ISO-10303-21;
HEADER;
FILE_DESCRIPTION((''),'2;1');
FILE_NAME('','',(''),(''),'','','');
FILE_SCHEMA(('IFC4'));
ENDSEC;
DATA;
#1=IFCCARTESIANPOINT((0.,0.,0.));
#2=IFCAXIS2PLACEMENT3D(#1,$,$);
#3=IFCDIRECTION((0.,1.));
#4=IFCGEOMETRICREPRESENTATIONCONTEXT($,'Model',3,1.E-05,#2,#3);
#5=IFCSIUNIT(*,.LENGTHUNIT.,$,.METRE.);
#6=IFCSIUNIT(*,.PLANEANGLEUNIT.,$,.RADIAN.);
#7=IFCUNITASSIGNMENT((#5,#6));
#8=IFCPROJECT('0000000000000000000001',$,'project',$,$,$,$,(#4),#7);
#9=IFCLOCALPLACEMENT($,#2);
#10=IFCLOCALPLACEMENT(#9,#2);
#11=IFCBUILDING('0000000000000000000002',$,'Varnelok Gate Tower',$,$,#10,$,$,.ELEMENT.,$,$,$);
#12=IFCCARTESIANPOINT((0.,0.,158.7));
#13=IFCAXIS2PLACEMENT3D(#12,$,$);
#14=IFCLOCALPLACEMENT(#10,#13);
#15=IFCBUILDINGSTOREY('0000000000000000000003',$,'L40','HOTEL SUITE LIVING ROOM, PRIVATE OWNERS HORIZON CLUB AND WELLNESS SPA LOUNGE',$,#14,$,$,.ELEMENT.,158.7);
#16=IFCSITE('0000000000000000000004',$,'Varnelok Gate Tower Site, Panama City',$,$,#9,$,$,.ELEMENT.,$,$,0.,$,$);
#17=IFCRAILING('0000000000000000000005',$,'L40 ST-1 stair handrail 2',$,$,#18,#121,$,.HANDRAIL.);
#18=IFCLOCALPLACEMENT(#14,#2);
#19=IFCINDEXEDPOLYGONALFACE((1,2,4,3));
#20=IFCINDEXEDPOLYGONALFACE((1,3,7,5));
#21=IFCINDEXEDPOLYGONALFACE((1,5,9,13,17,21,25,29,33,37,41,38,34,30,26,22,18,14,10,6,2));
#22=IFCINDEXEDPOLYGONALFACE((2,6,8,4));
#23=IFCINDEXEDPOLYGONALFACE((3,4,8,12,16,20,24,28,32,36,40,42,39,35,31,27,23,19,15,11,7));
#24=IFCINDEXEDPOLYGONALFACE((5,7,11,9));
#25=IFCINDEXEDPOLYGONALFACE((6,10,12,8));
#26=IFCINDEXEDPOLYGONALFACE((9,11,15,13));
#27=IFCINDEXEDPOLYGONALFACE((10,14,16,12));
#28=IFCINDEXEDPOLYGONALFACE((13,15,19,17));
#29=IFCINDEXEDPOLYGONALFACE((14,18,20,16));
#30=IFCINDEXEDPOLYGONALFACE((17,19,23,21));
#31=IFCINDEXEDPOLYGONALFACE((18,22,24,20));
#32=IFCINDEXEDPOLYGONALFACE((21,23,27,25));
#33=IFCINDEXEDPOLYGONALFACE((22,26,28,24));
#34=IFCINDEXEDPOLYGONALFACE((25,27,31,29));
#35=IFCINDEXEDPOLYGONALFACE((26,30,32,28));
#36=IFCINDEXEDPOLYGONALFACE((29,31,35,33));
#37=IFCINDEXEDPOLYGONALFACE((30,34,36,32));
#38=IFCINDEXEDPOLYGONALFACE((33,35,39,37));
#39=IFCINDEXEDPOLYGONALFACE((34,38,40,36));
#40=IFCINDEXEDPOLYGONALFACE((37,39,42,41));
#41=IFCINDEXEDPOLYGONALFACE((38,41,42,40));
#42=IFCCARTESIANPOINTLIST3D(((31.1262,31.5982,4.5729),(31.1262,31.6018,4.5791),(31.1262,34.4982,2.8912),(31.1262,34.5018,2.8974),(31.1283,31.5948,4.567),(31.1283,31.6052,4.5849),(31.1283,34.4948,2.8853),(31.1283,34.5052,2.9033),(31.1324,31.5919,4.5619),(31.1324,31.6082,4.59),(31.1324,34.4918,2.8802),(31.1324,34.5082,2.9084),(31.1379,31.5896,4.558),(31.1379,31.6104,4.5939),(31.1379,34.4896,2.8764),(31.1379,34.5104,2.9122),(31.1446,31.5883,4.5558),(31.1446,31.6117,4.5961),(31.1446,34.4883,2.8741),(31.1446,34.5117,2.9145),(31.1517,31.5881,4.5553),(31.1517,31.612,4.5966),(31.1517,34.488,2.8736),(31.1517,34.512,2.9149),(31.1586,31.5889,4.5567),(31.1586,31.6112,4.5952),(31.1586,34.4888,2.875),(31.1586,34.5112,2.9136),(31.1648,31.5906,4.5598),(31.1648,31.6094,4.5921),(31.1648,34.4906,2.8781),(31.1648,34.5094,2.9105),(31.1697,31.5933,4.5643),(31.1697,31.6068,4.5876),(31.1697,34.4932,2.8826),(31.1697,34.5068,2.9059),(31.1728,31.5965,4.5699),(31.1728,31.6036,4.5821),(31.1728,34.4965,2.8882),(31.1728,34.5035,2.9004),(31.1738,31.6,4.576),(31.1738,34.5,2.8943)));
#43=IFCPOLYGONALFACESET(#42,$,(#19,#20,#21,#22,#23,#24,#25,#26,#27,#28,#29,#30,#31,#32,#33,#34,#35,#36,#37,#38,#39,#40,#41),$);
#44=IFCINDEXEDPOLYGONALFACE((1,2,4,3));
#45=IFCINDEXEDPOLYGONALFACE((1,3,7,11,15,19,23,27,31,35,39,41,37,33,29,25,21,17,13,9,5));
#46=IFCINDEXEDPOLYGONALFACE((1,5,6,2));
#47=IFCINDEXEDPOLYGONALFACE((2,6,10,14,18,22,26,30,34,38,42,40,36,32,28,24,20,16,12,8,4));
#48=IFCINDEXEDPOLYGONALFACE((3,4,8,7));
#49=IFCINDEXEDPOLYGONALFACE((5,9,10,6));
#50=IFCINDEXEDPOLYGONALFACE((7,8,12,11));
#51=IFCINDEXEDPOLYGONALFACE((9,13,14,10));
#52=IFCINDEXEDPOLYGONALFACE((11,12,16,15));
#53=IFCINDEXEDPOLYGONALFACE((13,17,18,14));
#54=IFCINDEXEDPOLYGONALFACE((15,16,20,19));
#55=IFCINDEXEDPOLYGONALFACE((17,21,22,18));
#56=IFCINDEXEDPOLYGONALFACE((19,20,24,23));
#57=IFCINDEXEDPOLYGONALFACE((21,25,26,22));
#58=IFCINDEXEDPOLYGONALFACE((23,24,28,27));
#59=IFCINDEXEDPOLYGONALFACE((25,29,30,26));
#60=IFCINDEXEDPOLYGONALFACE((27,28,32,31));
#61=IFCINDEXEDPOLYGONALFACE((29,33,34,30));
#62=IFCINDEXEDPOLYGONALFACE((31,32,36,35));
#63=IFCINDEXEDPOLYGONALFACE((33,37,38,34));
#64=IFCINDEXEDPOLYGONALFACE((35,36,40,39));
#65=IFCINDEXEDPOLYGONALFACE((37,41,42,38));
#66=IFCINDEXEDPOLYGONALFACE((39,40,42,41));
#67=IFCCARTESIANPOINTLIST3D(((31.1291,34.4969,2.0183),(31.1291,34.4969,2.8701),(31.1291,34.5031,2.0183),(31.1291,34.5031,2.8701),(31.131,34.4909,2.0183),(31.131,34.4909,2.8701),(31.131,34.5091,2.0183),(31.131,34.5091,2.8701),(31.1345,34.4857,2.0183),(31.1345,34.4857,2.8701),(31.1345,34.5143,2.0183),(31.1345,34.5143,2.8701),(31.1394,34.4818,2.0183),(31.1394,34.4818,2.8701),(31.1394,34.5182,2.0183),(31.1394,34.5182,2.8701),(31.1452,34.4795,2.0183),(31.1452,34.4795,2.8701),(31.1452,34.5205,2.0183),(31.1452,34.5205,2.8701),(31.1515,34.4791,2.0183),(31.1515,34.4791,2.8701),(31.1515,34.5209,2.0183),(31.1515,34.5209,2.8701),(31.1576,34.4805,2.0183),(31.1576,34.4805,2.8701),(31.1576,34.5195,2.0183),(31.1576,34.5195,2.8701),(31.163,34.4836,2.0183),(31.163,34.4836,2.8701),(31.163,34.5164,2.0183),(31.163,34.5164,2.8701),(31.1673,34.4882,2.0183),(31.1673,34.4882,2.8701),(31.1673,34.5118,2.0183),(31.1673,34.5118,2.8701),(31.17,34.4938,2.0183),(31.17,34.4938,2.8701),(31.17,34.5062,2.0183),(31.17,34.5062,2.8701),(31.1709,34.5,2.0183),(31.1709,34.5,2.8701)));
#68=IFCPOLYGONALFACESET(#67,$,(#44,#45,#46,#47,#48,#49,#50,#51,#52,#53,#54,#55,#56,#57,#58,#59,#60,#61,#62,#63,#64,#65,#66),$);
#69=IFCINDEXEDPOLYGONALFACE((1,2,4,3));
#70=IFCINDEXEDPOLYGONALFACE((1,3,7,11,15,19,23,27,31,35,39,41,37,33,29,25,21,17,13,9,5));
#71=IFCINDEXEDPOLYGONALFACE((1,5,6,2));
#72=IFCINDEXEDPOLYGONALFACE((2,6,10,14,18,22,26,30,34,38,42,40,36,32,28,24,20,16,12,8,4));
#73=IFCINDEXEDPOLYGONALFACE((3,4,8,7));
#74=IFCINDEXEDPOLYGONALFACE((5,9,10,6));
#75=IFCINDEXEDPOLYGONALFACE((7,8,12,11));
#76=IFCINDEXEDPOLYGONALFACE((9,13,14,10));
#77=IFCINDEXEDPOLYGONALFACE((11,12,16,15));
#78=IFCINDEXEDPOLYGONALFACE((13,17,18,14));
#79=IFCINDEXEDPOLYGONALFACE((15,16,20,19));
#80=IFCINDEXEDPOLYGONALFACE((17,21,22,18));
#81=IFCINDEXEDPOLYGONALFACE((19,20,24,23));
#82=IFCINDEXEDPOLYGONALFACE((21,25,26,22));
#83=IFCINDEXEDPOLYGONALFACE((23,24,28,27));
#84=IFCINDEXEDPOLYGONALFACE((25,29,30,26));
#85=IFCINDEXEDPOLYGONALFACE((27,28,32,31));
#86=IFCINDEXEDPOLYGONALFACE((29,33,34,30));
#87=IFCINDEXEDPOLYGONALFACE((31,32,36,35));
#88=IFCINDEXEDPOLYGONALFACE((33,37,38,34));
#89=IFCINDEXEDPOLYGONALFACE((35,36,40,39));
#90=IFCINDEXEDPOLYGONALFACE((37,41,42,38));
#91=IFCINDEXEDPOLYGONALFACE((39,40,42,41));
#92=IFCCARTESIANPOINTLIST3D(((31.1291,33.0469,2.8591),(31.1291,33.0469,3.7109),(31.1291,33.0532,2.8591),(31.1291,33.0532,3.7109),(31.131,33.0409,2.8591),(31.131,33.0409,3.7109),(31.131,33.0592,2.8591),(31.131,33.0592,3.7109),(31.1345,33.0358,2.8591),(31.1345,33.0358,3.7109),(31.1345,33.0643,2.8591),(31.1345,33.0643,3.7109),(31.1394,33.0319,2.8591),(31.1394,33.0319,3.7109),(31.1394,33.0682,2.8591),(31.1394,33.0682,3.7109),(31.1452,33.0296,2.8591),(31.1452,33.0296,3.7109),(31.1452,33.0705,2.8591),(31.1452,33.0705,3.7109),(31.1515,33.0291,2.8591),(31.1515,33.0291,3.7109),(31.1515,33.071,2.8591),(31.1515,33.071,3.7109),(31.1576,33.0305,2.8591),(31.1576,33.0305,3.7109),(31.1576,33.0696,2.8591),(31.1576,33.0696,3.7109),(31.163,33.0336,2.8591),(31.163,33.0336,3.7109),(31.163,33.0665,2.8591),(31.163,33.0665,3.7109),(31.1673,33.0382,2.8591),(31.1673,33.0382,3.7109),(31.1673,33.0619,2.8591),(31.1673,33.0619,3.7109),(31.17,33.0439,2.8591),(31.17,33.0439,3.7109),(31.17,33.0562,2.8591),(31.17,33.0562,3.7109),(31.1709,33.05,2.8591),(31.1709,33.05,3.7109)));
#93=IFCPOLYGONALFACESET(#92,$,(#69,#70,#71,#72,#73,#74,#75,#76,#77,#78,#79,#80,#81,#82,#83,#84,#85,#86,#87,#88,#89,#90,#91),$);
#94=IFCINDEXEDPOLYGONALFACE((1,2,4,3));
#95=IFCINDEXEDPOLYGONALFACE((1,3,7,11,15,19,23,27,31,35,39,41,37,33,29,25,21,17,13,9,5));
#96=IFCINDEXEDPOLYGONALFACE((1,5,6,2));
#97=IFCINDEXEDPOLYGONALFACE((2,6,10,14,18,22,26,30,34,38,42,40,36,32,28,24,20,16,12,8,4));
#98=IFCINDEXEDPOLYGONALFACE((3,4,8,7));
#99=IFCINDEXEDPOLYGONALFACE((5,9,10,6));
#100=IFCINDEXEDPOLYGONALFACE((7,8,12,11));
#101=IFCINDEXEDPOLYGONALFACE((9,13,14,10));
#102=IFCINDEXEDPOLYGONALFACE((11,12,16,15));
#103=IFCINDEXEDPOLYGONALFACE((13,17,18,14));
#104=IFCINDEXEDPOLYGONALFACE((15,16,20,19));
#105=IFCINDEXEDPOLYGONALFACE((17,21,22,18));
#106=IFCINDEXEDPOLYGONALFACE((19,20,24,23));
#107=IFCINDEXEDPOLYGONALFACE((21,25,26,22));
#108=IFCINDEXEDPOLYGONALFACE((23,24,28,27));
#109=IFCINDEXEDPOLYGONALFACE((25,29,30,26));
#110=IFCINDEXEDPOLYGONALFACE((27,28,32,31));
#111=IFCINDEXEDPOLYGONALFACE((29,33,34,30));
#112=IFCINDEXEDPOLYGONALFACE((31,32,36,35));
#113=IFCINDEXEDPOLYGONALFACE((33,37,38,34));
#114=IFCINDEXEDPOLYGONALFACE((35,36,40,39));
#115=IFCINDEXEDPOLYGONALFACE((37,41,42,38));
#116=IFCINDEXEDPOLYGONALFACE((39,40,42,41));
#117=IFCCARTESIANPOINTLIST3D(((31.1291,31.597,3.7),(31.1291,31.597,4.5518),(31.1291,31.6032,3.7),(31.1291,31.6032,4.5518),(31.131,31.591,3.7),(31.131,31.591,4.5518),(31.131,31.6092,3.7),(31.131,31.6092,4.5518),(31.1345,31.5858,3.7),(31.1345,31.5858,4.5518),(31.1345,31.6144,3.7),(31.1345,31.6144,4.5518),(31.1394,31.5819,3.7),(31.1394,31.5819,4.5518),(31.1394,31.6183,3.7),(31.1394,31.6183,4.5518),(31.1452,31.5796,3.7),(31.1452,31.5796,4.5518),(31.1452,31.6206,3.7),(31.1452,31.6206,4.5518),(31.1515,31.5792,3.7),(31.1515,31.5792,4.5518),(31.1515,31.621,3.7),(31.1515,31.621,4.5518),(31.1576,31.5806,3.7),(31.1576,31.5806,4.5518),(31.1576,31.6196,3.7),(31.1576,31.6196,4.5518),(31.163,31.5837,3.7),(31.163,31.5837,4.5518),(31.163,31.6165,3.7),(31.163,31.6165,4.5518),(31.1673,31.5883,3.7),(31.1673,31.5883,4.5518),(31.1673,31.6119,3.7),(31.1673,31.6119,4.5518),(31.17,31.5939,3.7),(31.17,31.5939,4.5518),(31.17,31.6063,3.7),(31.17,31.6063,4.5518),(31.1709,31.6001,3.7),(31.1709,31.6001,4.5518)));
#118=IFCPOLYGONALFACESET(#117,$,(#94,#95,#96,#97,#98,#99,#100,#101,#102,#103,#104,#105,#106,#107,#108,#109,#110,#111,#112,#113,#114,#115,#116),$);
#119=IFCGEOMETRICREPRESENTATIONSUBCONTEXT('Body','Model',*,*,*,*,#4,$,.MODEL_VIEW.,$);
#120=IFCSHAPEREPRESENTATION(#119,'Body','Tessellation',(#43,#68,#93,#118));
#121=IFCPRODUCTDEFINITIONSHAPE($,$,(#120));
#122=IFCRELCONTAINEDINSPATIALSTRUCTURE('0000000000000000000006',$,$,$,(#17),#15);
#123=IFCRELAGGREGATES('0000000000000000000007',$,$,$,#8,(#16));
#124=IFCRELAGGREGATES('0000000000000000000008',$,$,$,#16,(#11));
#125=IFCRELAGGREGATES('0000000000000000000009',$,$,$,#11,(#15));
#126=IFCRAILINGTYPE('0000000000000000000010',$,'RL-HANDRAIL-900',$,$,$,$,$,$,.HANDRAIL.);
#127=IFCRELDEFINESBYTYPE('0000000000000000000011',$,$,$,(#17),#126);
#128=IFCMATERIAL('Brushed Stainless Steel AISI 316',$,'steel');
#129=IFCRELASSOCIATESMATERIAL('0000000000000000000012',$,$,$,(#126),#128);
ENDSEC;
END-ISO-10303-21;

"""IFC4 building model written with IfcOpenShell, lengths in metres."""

from ifc_helpers import new_model, si_unit, direction, frame, origin, origin_2d, place, context, subcontext, project, spatial, circle, extrude, material, type_object, element, save


model = new_model("IFC4")

# Units and contexts
model_context = context("Model", 3, precision=1e-05, world=origin(), true_north=direction((0.0, 1.0)))
body_context = subcontext(model_context, "Body", "Model", "MODEL_VIEW")
ifc_project = project(units=[si_unit("LENGTHUNIT", "METRE"), si_unit("PLANEANGLEUNIT", "RADIAN")], contexts=[model_context])

# Site, building, storey
site_placement = place(None, origin())
site = spatial("IfcSite", under=ifc_project, at=site_placement, Name="Varnelok Gate Tower Site, Panama City", CompositionType="ELEMENT", RefElevation=0.0)
building_placement = place(site_placement, origin())
building = spatial("IfcBuilding", under=site, at=building_placement, Name="Varnelok Gate Tower", CompositionType="ELEMENT")
storey_placement = place(building_placement, frame((0.0, 0.0, 158.7)))
storey = spatial("IfcBuildingStorey", under=building, at=storey_placement, Name="L40", Description="HOTEL SUITE LIVING ROOM, PRIVATE OWNERS HORIZON CLUB AND WELLNESS SPA LOUNGE", CompositionType="ELEMENT", Elevation=158.7)

# Railing
ifc_material_1 = material(Name="Brushed Stainless Steel AISI 316", Category="steel")
railing_type_1 = type_object("IfcRailingType", Name="RL-HANDRAIL-900", PredefinedType="HANDRAIL", material=ifc_material_1)
railing_1_placement = place(storey_placement, frame((31.1499, 34.5, 2.0183)))
element("IfcRailing", 1, at=railing_1_placement, inside=storey, type_object=railing_type_1, Name="L40 ST-1 stair handrail 2", PredefinedType="HANDRAIL", context=body_context, shape_type="SweptSolid", body=[
    extrude(circle(Radius=0.0239, at=origin_2d()), frame((0.0, 0.0, 0.876), z_axis=(0.0, -0.86507, 0.501651), x_axis=(1.0, 0.0, 0.0)), (0.0, 0.0, 1.0), 3.3523),
    extrude(circle(Radius=0.021, at=origin_2d()), origin(), (0.0, 0.0, 1.0), 0.8518),
    extrude(circle(Radius=0.021, at=origin_2d()), frame((0.0, -1.45, 0.8408)), (0.0, 0.0, 1.0), 0.8518),
    extrude(circle(Radius=0.021, at=origin_2d()), frame((0.0, -2.8999, 1.6816)), (0.0, 0.0, 1.0), 0.8518),
])

save(model, "model.ifc")
